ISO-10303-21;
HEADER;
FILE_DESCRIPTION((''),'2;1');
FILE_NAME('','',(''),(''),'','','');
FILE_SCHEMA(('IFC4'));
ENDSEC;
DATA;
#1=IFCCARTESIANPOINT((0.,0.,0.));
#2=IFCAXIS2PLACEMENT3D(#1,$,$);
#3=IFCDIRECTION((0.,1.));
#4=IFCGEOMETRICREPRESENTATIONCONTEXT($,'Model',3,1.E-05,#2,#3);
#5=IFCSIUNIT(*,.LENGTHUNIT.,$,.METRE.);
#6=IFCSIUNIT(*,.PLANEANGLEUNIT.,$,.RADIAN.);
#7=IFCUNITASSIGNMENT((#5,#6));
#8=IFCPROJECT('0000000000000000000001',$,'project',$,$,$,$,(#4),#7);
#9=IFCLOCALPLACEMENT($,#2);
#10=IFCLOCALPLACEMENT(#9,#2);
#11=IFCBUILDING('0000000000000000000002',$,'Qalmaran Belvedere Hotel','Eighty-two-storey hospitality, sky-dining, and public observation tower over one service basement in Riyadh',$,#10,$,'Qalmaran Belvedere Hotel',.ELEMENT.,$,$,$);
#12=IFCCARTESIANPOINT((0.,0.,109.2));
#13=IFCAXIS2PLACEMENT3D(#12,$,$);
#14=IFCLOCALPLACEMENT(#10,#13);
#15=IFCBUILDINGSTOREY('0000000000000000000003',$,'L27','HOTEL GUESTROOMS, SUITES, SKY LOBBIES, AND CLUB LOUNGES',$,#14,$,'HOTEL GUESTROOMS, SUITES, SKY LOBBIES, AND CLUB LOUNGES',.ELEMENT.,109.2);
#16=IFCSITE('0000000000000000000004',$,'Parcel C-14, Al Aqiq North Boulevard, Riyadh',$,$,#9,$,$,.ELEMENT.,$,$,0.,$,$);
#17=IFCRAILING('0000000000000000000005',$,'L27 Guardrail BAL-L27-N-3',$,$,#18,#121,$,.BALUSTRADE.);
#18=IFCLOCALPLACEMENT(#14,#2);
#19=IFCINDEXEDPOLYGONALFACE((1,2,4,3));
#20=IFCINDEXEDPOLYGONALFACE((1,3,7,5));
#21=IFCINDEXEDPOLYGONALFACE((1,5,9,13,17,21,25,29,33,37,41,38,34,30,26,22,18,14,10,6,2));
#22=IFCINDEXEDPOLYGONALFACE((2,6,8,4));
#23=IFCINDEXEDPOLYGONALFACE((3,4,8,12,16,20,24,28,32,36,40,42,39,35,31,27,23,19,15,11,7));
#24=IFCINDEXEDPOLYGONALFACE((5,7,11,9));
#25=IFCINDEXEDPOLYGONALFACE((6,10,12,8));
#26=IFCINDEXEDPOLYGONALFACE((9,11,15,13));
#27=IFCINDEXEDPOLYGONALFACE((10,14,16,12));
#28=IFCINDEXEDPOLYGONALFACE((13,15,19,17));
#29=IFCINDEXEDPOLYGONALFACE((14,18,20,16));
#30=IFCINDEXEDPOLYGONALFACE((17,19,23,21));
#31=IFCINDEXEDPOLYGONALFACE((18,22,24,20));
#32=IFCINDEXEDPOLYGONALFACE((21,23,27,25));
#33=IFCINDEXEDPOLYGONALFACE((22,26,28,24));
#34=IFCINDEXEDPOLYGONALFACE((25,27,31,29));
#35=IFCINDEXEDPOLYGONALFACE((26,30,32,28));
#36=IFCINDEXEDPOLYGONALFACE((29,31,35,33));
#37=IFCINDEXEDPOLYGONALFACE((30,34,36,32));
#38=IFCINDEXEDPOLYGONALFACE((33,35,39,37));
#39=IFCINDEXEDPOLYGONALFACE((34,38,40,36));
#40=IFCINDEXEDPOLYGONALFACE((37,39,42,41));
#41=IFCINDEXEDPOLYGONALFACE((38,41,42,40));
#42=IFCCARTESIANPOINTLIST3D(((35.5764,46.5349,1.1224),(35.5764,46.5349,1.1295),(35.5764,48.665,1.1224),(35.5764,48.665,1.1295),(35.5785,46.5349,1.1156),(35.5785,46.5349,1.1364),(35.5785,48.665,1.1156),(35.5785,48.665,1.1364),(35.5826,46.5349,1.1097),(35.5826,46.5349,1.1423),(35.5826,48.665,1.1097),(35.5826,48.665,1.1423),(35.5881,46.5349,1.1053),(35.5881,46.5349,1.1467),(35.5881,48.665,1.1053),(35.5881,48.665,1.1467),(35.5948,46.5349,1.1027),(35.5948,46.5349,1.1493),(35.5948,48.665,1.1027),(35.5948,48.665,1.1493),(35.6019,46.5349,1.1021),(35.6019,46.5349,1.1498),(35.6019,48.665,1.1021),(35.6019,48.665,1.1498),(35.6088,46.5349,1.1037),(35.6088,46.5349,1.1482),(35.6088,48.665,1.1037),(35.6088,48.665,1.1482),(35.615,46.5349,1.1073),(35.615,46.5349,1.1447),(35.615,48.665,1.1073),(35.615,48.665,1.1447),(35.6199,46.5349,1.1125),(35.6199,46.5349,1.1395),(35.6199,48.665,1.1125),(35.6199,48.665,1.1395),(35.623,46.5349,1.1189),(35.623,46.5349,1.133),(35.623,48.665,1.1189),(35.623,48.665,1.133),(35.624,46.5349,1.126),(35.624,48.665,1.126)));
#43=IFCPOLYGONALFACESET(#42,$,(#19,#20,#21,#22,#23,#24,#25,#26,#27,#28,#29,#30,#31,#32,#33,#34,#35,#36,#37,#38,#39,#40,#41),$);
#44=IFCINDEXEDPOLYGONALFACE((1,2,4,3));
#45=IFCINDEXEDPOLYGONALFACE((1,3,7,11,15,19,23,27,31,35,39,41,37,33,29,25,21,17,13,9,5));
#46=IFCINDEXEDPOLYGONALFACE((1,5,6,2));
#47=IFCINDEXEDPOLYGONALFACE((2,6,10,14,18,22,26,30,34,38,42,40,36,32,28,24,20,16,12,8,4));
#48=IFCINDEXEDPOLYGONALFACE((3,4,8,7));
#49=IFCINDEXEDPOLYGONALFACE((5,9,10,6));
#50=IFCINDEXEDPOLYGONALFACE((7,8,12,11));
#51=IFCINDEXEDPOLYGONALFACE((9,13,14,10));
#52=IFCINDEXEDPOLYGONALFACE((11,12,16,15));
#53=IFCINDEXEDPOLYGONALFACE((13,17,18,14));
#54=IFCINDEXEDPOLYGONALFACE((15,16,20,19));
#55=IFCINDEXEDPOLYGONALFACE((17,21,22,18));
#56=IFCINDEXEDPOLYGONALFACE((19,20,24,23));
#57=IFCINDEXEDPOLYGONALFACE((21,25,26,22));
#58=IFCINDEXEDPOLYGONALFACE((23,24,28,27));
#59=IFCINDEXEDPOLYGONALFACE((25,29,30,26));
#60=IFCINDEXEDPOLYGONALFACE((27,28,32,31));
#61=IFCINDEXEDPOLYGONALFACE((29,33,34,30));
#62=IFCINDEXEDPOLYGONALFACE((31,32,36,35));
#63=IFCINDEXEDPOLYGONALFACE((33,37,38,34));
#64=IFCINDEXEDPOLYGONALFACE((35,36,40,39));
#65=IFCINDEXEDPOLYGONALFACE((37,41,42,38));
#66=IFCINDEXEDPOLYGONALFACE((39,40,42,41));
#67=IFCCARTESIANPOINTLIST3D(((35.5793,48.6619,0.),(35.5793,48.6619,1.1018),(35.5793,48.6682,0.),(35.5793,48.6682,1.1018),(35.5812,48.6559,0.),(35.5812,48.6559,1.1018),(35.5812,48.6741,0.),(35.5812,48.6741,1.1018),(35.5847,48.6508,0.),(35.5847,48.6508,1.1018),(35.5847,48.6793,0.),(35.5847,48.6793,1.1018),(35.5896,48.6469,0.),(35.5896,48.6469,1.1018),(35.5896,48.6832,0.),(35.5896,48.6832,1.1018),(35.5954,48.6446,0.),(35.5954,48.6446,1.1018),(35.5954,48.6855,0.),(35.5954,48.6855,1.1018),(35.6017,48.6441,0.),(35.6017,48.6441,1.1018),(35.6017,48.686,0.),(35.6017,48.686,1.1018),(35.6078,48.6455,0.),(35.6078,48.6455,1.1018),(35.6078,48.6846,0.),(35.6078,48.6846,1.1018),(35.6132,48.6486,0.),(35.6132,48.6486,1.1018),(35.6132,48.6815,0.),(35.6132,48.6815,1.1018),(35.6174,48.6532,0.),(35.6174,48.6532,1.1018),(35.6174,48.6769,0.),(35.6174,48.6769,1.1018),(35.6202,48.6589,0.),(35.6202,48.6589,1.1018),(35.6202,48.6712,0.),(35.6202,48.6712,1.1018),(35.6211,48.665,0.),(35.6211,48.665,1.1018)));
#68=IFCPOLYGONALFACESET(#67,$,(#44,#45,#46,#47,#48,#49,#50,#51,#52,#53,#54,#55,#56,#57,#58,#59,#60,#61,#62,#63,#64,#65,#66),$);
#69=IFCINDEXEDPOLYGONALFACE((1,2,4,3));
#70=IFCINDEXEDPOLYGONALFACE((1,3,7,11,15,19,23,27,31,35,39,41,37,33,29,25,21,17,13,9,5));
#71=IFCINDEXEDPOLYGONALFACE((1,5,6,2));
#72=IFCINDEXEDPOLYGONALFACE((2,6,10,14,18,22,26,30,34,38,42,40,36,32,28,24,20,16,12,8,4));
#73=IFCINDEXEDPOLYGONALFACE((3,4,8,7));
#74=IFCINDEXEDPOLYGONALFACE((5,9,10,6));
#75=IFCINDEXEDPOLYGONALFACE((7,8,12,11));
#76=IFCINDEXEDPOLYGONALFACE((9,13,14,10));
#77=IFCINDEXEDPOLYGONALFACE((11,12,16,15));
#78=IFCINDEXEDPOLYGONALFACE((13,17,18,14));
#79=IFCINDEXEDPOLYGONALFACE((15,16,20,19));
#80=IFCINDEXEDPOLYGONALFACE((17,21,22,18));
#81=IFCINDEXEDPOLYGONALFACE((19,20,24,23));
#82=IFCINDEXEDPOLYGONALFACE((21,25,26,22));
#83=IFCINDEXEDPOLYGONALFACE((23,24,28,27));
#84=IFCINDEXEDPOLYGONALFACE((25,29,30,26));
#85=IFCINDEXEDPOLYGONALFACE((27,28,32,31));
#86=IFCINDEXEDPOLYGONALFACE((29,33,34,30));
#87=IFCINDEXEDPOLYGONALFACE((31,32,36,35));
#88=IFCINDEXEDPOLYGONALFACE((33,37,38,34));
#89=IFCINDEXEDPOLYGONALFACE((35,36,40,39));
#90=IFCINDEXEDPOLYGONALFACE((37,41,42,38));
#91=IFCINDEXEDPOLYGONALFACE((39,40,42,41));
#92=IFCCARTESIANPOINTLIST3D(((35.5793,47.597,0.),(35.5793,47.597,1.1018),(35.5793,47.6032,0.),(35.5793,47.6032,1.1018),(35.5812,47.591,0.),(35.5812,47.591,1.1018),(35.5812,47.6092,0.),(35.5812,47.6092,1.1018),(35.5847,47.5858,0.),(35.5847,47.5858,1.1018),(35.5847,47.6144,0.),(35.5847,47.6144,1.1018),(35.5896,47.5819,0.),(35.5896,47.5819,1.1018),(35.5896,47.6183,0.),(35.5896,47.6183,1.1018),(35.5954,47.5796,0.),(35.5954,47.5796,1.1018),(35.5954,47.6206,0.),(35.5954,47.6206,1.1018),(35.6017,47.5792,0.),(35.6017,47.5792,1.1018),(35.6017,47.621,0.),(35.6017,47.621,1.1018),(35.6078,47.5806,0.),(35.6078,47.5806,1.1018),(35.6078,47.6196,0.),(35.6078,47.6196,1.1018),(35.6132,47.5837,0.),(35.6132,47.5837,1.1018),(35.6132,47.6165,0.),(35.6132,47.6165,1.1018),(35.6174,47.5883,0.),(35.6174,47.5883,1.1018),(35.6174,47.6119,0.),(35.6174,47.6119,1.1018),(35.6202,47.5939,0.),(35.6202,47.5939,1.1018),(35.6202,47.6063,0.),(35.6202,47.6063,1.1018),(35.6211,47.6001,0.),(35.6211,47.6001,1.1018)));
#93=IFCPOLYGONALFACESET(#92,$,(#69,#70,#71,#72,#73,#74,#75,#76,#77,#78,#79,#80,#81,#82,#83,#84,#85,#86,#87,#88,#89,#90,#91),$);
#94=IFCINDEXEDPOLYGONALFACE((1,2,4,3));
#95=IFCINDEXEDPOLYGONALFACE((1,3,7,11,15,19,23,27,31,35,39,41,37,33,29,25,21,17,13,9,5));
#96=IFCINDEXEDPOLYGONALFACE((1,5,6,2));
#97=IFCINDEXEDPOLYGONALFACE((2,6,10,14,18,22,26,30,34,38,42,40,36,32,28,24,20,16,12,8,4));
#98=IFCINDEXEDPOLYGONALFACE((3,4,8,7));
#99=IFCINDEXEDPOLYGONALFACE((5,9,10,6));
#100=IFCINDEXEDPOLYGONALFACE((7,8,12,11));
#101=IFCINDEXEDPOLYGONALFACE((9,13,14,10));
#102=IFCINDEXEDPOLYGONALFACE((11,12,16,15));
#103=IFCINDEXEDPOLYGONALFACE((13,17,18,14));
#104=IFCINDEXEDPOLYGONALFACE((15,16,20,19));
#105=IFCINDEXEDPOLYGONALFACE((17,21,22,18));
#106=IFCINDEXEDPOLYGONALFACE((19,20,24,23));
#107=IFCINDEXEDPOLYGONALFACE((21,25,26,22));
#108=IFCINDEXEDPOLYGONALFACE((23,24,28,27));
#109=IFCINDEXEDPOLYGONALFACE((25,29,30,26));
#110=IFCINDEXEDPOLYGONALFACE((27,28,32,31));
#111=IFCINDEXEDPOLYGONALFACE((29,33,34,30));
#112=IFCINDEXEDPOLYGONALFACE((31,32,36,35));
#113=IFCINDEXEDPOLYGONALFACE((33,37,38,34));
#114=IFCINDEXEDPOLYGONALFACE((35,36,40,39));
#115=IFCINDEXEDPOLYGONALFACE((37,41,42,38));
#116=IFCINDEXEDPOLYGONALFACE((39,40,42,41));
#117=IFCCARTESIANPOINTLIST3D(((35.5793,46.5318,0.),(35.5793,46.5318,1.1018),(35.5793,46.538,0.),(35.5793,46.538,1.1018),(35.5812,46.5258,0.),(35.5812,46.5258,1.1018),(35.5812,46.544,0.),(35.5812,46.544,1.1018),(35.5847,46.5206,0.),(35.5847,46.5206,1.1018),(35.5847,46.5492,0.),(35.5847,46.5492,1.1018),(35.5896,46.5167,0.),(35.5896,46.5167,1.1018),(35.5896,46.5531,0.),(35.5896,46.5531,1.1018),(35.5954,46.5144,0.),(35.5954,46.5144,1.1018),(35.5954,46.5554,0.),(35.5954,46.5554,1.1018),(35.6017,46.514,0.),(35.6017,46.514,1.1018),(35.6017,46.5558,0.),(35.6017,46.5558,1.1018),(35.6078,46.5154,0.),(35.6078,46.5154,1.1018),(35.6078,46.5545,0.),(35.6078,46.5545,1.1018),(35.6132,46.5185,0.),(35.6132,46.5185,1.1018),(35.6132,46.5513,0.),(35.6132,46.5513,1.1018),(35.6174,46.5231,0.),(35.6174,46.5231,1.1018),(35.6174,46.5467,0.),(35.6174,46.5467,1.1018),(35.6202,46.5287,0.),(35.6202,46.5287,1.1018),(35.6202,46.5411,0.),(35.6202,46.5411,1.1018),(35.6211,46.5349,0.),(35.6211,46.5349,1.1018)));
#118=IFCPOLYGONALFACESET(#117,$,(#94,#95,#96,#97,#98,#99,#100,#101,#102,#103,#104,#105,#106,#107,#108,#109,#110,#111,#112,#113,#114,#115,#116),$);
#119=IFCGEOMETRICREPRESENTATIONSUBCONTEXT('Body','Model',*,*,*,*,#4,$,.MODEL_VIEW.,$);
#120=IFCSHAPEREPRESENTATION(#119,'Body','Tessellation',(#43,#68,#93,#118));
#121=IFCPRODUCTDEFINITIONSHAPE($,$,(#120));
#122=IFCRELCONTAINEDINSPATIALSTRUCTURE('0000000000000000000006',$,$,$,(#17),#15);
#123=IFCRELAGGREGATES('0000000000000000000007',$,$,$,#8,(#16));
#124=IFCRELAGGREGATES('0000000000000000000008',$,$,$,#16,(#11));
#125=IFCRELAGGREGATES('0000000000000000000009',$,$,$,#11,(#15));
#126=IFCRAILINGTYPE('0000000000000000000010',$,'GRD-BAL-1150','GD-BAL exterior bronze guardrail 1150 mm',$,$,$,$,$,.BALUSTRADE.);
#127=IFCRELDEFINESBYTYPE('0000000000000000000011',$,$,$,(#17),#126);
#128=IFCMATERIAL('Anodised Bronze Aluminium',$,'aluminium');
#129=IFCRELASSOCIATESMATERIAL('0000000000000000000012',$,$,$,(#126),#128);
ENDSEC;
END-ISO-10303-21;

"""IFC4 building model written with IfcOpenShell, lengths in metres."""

from ifc_helpers import new_model, si_unit, direction, frame, origin, origin_2d, place, context, subcontext, project, spatial, circle, extrude, material, type_object, element, save


model = new_model("IFC4")

# Units and contexts
model_context = context("Model", 3, precision=1e-05, world=origin(), true_north=direction((0.0, 1.0)))
body_context = subcontext(model_context, "Body", "Model", "MODEL_VIEW")
ifc_project = project(units=[si_unit("LENGTHUNIT", "METRE"), si_unit("PLANEANGLEUNIT", "RADIAN")], contexts=[model_context])

# Site, building, storey
site_placement = place(None, origin())
site = spatial("IfcSite", under=ifc_project, at=site_placement, Name="Parcel C-14, Al Aqiq North Boulevard, Riyadh", CompositionType="ELEMENT", RefElevation=0.0)
building_placement = place(site_placement, origin())
building = spatial("IfcBuilding", under=site, at=building_placement, Name="Qalmaran Belvedere Hotel", Description="Eighty-two-storey hospitality, sky-dining, and public observation tower over one service basement in Riyadh", LongName="Qalmaran Belvedere Hotel", CompositionType="ELEMENT")
storey_placement = place(building_placement, frame((0.0, 0.0, 109.2)))
storey = spatial("IfcBuildingStorey", under=building, at=storey_placement, Name="L27", Description="HOTEL GUESTROOMS, SUITES, SKY LOBBIES, AND CLUB LOUNGES", LongName="HOTEL GUESTROOMS, SUITES, SKY LOBBIES, AND CLUB LOUNGES", CompositionType="ELEMENT", Elevation=109.2)

# Shared definitions
ifc_material_1 = material(Name="Anodised Bronze Aluminium", Category="aluminium")

# Railing
railing_type = type_object("IfcRailingType", Name="GRD-BAL-1150", Description="GD-BAL exterior bronze guardrail 1150 mm", PredefinedType="BALUSTRADE", material=ifc_material_1)
railing_1_placement = place(storey_placement, frame((35.6001, 48.665, 0.0)))
element("IfcRailing", 1, at=railing_1_placement, inside=storey, type_object=railing_type, Name="L27 Guardrail BAL-L27-N-3", PredefinedType="BALUSTRADE", context=body_context, shape_type="SweptSolid", body=[
    extrude(circle(Radius=0.0239, at=origin_2d()), frame((0.0, 0.0, 1.126), z_axis=(0.0, -1.0, 0.0), x_axis=(1.0, 0.0, 0.0)), (0.0, 0.0, 1.0), 2.1301),
    extrude(circle(Radius=0.021, at=origin_2d()), origin(), (0.0, 0.0, 1.0), 1.1018),
    extrude(circle(Radius=0.021, at=origin_2d()), frame((0.0, -1.0649, 0.0)), (0.0, 0.0, 1.0), 1.1018),
    extrude(circle(Radius=0.021, at=origin_2d()), frame((0.0, -2.1301, 0.0)), (0.0, 0.0, 1.0), 1.1018),
])

save(model, "model.ifc")
